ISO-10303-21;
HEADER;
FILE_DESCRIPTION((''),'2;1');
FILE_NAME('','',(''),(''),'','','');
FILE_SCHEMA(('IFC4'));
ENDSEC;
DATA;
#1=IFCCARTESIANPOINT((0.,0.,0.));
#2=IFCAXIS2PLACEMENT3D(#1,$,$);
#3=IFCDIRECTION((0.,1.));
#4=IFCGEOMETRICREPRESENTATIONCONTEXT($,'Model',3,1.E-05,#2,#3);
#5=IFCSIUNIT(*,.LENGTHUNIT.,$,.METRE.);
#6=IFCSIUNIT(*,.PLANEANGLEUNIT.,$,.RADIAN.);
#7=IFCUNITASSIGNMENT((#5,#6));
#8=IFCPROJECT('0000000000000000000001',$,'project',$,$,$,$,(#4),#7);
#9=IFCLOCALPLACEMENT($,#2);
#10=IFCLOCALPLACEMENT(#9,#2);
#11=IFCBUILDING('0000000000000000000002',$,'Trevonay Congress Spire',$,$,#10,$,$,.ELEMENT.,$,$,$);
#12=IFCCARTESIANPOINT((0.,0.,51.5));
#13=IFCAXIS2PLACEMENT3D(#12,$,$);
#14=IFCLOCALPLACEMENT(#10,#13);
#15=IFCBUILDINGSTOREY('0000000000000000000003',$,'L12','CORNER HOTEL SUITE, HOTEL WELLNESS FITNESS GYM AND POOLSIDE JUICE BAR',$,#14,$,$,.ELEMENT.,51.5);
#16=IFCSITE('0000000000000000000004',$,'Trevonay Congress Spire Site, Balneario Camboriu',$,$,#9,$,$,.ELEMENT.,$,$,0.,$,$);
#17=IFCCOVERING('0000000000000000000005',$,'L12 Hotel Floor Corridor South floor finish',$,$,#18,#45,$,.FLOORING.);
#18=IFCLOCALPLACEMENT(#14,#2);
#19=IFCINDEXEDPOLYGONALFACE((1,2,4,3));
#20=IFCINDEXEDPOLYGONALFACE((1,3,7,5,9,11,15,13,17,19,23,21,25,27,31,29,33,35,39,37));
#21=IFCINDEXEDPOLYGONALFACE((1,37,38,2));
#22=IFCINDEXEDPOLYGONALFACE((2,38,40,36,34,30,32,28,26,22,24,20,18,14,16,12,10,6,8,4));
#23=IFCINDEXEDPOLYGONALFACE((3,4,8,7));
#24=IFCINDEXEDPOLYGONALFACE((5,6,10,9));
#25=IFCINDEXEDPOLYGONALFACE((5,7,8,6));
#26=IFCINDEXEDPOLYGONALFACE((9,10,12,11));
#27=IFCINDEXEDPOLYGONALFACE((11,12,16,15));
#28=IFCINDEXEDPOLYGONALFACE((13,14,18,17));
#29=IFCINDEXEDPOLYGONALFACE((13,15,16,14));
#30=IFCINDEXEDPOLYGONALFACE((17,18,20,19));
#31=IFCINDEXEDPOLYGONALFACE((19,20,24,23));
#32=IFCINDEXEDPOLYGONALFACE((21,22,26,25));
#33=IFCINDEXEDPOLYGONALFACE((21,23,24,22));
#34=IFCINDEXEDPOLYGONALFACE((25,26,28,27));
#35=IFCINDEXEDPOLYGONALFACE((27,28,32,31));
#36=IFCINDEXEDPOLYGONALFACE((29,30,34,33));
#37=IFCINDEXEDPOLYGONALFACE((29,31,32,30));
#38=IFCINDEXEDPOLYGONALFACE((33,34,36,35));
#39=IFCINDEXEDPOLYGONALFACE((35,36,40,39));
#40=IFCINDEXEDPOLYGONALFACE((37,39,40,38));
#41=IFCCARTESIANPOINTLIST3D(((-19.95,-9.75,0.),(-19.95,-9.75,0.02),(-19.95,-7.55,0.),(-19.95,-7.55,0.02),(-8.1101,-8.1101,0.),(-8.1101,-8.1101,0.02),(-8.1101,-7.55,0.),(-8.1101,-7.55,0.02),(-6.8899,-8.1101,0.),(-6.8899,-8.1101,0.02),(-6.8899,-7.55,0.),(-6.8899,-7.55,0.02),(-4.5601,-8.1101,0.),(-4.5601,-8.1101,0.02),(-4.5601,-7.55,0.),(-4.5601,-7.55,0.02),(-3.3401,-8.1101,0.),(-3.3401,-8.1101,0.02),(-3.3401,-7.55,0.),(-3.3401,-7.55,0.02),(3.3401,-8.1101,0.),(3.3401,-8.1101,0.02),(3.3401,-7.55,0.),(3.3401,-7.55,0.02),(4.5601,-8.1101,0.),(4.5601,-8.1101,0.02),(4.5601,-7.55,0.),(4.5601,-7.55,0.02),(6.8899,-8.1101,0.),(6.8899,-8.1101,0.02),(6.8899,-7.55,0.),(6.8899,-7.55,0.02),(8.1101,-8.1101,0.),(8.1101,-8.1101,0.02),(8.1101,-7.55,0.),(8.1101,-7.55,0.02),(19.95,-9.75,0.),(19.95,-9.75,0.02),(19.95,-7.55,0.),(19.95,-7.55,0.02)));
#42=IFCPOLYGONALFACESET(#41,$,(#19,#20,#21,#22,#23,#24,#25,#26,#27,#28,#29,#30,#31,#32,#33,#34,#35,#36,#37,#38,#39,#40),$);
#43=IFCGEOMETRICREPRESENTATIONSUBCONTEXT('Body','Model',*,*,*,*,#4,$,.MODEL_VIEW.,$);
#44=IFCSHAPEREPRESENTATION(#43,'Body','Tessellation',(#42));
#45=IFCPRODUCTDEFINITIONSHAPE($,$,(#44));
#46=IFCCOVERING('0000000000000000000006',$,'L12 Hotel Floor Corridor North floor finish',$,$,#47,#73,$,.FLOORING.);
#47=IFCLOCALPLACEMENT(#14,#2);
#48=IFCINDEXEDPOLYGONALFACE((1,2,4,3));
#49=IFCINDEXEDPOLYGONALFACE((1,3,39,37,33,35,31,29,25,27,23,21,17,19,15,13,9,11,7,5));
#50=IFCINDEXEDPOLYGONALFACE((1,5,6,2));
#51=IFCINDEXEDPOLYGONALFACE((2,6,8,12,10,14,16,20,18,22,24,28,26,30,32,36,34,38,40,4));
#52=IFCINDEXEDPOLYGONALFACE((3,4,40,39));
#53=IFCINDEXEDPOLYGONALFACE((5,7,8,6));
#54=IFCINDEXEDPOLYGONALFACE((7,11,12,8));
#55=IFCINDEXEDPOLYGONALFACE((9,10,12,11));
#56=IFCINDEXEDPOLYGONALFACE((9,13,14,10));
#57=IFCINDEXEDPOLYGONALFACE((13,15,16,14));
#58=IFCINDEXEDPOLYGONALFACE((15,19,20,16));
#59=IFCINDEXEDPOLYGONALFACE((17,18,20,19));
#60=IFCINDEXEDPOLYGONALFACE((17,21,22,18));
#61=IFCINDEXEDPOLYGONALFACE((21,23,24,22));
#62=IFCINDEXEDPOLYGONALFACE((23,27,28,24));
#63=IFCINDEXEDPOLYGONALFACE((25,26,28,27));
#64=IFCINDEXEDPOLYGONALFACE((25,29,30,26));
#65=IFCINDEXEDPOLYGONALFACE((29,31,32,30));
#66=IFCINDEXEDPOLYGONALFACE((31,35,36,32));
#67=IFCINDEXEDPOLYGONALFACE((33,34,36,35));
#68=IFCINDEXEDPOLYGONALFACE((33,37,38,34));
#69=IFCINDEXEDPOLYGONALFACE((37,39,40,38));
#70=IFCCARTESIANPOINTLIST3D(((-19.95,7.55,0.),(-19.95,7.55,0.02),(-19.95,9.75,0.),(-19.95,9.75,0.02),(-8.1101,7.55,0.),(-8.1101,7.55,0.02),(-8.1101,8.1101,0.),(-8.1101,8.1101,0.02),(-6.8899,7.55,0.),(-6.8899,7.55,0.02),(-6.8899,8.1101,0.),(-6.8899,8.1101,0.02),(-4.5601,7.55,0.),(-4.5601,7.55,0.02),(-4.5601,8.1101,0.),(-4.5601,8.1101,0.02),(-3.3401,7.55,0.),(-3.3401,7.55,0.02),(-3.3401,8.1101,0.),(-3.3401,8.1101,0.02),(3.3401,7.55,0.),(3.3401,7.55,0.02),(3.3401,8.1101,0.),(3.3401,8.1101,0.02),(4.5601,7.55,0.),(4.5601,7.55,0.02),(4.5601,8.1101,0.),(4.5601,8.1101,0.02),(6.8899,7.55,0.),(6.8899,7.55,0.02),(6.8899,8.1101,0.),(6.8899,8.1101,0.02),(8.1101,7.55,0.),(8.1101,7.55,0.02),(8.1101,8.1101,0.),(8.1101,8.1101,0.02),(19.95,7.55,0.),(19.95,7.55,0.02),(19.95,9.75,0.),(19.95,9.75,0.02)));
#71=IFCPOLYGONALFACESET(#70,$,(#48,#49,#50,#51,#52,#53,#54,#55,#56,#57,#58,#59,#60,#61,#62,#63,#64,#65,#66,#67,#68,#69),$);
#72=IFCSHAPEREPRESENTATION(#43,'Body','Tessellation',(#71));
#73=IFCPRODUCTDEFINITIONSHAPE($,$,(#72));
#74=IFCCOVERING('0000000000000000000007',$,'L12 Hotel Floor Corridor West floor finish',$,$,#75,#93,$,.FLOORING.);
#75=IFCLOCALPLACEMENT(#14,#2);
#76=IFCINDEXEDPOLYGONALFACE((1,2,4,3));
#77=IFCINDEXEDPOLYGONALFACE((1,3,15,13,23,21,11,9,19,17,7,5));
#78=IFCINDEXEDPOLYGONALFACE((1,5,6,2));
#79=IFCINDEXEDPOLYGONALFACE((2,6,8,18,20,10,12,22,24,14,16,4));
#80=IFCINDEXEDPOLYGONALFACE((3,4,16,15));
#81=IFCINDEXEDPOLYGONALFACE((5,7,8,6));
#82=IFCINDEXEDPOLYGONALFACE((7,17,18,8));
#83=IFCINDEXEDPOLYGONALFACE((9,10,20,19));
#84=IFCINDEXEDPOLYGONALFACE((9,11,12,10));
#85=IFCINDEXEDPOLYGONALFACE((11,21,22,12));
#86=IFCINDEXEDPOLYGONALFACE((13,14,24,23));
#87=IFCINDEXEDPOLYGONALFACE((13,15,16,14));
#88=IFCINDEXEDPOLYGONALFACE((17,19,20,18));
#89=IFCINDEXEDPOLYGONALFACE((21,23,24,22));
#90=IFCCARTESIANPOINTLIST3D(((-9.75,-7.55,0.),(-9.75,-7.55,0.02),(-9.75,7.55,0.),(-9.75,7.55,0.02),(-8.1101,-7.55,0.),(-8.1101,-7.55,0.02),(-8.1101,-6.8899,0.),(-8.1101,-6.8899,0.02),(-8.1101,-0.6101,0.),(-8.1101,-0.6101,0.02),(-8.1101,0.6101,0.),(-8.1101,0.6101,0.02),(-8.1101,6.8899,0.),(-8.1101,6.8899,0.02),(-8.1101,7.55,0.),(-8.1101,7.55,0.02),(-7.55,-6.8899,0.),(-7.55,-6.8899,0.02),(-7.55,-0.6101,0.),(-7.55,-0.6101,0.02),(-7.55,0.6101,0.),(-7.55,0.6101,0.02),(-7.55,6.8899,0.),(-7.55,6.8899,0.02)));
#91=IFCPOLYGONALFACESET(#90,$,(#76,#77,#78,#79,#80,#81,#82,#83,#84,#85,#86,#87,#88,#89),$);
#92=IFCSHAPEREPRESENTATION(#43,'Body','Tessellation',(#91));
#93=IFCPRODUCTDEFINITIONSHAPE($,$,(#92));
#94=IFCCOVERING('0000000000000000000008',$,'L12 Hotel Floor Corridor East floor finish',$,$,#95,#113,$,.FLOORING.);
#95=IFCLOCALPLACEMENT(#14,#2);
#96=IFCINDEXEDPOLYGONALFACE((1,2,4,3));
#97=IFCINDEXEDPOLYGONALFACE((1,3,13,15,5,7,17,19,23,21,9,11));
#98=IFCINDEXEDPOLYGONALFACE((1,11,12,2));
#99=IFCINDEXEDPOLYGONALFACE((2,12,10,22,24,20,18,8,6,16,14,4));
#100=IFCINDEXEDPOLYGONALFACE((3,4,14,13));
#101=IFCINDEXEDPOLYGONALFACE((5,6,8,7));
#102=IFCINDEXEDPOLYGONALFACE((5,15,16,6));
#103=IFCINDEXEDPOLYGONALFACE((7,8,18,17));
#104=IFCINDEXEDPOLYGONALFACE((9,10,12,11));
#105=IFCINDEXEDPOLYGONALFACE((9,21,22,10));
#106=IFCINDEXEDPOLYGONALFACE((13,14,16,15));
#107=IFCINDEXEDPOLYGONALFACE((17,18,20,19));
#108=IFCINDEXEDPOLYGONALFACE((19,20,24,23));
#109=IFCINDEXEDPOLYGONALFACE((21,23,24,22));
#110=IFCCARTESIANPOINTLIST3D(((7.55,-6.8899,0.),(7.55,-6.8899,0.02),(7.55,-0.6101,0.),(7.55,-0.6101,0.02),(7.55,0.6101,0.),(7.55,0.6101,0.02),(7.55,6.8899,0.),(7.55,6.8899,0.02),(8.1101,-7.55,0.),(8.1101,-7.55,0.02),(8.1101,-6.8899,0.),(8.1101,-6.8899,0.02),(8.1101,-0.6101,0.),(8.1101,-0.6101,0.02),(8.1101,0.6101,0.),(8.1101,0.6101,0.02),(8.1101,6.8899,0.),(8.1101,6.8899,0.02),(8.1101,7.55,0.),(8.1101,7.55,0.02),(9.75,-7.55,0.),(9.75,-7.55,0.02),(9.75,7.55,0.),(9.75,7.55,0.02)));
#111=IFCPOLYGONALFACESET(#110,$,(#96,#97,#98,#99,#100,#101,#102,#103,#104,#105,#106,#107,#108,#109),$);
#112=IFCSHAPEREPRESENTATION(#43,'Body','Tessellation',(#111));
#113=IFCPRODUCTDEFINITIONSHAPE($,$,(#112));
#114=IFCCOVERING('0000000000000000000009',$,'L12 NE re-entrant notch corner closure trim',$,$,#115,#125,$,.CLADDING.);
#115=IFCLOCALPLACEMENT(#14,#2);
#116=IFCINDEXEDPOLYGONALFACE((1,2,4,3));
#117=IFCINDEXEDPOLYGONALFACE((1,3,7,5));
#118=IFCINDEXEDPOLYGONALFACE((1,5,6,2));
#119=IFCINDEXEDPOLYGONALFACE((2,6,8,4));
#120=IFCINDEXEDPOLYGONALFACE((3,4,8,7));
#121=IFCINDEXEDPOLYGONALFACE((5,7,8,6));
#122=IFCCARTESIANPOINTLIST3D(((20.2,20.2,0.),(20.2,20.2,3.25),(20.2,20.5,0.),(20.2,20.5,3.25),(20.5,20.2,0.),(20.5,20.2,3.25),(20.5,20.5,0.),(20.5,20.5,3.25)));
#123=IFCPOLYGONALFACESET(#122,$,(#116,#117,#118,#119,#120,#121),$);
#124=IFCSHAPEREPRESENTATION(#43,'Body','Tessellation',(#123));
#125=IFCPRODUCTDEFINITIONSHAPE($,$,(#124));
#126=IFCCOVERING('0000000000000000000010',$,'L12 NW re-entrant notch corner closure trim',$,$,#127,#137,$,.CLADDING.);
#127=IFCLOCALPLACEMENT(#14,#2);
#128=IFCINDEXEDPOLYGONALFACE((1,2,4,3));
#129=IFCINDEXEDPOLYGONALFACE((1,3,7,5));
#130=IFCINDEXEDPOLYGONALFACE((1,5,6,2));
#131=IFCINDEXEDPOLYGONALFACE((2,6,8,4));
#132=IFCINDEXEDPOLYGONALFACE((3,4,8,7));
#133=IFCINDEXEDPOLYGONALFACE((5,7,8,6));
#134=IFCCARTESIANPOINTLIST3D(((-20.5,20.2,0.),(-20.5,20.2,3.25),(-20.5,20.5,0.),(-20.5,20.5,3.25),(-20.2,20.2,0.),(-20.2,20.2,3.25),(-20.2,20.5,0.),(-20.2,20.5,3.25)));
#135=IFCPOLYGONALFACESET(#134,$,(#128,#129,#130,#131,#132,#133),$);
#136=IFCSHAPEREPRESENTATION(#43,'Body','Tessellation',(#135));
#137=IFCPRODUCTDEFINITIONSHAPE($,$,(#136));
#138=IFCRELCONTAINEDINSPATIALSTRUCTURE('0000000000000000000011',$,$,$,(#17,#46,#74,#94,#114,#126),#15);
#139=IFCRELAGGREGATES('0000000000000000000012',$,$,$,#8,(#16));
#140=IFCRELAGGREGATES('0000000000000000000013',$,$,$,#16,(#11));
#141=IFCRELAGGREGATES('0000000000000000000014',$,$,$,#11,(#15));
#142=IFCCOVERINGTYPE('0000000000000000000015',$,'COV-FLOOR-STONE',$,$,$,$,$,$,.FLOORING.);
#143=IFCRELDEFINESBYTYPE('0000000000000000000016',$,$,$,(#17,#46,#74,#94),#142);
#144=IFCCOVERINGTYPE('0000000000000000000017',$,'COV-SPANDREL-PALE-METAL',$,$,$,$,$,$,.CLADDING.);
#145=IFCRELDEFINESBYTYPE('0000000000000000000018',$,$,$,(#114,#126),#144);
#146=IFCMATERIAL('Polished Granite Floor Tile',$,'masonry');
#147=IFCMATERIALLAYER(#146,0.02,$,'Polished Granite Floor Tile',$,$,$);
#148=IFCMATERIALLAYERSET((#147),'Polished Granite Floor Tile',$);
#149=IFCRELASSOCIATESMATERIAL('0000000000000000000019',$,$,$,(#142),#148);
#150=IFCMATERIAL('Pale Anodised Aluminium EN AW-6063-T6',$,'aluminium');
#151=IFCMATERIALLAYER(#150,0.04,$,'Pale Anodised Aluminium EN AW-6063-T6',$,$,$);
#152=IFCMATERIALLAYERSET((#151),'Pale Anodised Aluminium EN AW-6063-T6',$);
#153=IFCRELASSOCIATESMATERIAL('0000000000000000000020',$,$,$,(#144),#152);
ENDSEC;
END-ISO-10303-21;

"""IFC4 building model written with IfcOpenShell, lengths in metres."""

from ifc_helpers import new_model, si_unit, direction, frame, origin, place, context, subcontext, project, spatial, polyline, outline, extrude, material, layer, layer_set, type_object, element, save


model = new_model("IFC4")

# Units and contexts
model_context = context("Model", 3, precision=1e-05, world=origin(), true_north=direction((0.0, 1.0)))
body_context = subcontext(model_context, "Body", "Model", "MODEL_VIEW")
ifc_project = project(units=[si_unit("LENGTHUNIT", "METRE"), si_unit("PLANEANGLEUNIT", "RADIAN")], contexts=[model_context])

# Site, building, storey
site_placement = place(None, origin())
site = spatial("IfcSite", under=ifc_project, at=site_placement, Name="Trevonay Congress Spire Site, Balneario Camboriu", CompositionType="ELEMENT", RefElevation=0.0)
building_placement = place(site_placement, origin())
building = spatial("IfcBuilding", under=site, at=building_placement, Name="Trevonay Congress Spire", CompositionType="ELEMENT")
storey_placement = place(building_placement, frame((0.0, 0.0, 51.5)))
storey = spatial("IfcBuildingStorey", under=building, at=storey_placement, Name="L12", Description="CORNER HOTEL SUITE, HOTEL WELLNESS FITNESS GYM AND POOLSIDE JUICE BAR", CompositionType="ELEMENT", Elevation=51.5)

# Shared definitions
ifc_material_1 = material(Name="Pale Anodised Aluminium EN AW-6063-T6", Category="aluminium")

# Coverings
ifc_material_2 = material(Name="Polished Granite Floor Tile", Category="masonry")
ifc_layer_1 = layer(ifc_material_2, 0.02, Name="Polished Granite Floor Tile")
ifc_layer_set_1 = layer_set([ifc_layer_1], Name="Polished Granite Floor Tile")
covering_type_1 = type_object("IfcCoveringType", Name="COV-FLOOR-STONE", PredefinedType="FLOORING", material=ifc_layer_set_1)
covering_1_placement = place(storey_placement, origin())
element("IfcCovering", 1, at=covering_1_placement, inside=storey, type_object=covering_type_1, Name="L12 Hotel Floor Corridor South floor finish", PredefinedType="FLOORING", context=body_context, shape_type="SweptSolid", body=[
    extrude(outline(polyline([(19.95, -7.55), (19.95, -9.75), (-19.95, -9.75), (-19.95, -7.55), (-8.1101, -7.55), (-8.1101, -8.1101), (-6.8899, -8.1101), (-6.8899, -7.55), (-4.5601, -7.55), (-4.5601, -8.1101), (-3.3401, -8.1101), (-3.3401, -7.55), (3.3401, -7.55), (3.3401, -8.1101), (4.5601, -8.1101), (4.5601, -7.55), (6.8899, -7.55), (6.8899, -8.1101), (8.1101, -8.1101), (8.1101, -7.55), (19.95, -7.55)])), origin(), (0.0, 0.0, 1.0), 0.02),
])
covering_2_placement = place(storey_placement, origin())
element("IfcCovering", 2, at=covering_2_placement, inside=storey, type_object=covering_type_1, Name="L12 Hotel Floor Corridor North floor finish", PredefinedType="FLOORING", context=body_context, shape_type="SweptSolid", body=[
    extrude(outline(polyline([(-19.95, 7.55), (-19.95, 9.75), (19.95, 9.75), (19.95, 7.55), (8.1101, 7.55), (8.1101, 8.1101), (6.8899, 8.1101), (6.8899, 7.55), (4.5601, 7.55), (4.5601, 8.1101), (3.3401, 8.1101), (3.3401, 7.55), (-3.3401, 7.55), (-3.3401, 8.1101), (-4.5601, 8.1101), (-4.5601, 7.55), (-6.8899, 7.55), (-6.8899, 8.1101), (-8.1101, 8.1101), (-8.1101, 7.55), (-19.95, 7.55)])), origin(), (0.0, 0.0, 1.0), 0.02),
])
covering_3_placement = place(storey_placement, origin())
element("IfcCovering", 3, at=covering_3_placement, inside=storey, type_object=covering_type_1, Name="L12 Hotel Floor Corridor West floor finish", PredefinedType="FLOORING", context=body_context, shape_type="SweptSolid", body=[
    extrude(outline(polyline([(-9.75, 7.55), (-8.1101, 7.55), (-8.1101, 6.8899), (-7.55, 6.8899), (-7.55, 0.6101), (-8.1101, 0.6101), (-8.1101, -0.6101), (-7.55, -0.6101), (-7.55, -6.8899), (-8.1101, -6.8899), (-8.1101, -7.55), (-9.75, -7.55), (-9.75, 7.55)])), origin(), (0.0, 0.0, 1.0), 0.02),
])
covering_4_placement = place(storey_placement, origin())
element("IfcCovering", 4, at=covering_4_placement, inside=storey, type_object=covering_type_1, Name="L12 Hotel Floor Corridor East floor finish", PredefinedType="FLOORING", context=body_context, shape_type="SweptSolid", body=[
    extrude(outline(polyline([(9.75, -7.55), (8.1101, -7.55), (8.1101, -6.8899), (7.55, -6.8899), (7.55, -0.6101), (8.1101, -0.6101), (8.1101, 0.6101), (7.55, 0.6101), (7.55, 6.8899), (8.1101, 6.8899), (8.1101, 7.55), (9.75, 7.55), (9.75, -7.55)])), origin(), (0.0, 0.0, 1.0), 0.02),
])
ifc_layer_2 = layer(ifc_material_1, 0.04, Name="Pale Anodised Aluminium EN AW-6063-T6")
ifc_layer_set_2 = layer_set([ifc_layer_2], Name="Pale Anodised Aluminium EN AW-6063-T6")
covering_type_2 = type_object("IfcCoveringType", Name="COV-SPANDREL-PALE-METAL", PredefinedType="CLADDING", material=ifc_layer_set_2)
covering_5_placement = place(storey_placement, origin())
element("IfcCovering", 5, at=covering_5_placement, inside=storey, type_object=covering_type_2, Name="L12 NE re-entrant notch corner closure trim", PredefinedType="CLADDING", context=body_context, shape_type="SweptSolid", body=[
    extrude(outline(polyline([(20.2, 20.2), (20.5, 20.2), (20.5, 20.5), (20.2, 20.5), (20.2, 20.2)])), origin(), (0.0, 0.0, 1.0), 3.25),
])
covering_6_placement = place(storey_placement, origin())
element("IfcCovering", 6, at=covering_6_placement, inside=storey, type_object=covering_type_2, Name="L12 NW re-entrant notch corner closure trim", PredefinedType="CLADDING", context=body_context, shape_type="SweptSolid", body=[
    extrude(outline(polyline([(-20.5, 20.2), (-20.2, 20.2), (-20.2, 20.5), (-20.5, 20.5), (-20.5, 20.2)])), origin(), (0.0, 0.0, 1.0), 3.25),
])

save(model, "model.ifc")
